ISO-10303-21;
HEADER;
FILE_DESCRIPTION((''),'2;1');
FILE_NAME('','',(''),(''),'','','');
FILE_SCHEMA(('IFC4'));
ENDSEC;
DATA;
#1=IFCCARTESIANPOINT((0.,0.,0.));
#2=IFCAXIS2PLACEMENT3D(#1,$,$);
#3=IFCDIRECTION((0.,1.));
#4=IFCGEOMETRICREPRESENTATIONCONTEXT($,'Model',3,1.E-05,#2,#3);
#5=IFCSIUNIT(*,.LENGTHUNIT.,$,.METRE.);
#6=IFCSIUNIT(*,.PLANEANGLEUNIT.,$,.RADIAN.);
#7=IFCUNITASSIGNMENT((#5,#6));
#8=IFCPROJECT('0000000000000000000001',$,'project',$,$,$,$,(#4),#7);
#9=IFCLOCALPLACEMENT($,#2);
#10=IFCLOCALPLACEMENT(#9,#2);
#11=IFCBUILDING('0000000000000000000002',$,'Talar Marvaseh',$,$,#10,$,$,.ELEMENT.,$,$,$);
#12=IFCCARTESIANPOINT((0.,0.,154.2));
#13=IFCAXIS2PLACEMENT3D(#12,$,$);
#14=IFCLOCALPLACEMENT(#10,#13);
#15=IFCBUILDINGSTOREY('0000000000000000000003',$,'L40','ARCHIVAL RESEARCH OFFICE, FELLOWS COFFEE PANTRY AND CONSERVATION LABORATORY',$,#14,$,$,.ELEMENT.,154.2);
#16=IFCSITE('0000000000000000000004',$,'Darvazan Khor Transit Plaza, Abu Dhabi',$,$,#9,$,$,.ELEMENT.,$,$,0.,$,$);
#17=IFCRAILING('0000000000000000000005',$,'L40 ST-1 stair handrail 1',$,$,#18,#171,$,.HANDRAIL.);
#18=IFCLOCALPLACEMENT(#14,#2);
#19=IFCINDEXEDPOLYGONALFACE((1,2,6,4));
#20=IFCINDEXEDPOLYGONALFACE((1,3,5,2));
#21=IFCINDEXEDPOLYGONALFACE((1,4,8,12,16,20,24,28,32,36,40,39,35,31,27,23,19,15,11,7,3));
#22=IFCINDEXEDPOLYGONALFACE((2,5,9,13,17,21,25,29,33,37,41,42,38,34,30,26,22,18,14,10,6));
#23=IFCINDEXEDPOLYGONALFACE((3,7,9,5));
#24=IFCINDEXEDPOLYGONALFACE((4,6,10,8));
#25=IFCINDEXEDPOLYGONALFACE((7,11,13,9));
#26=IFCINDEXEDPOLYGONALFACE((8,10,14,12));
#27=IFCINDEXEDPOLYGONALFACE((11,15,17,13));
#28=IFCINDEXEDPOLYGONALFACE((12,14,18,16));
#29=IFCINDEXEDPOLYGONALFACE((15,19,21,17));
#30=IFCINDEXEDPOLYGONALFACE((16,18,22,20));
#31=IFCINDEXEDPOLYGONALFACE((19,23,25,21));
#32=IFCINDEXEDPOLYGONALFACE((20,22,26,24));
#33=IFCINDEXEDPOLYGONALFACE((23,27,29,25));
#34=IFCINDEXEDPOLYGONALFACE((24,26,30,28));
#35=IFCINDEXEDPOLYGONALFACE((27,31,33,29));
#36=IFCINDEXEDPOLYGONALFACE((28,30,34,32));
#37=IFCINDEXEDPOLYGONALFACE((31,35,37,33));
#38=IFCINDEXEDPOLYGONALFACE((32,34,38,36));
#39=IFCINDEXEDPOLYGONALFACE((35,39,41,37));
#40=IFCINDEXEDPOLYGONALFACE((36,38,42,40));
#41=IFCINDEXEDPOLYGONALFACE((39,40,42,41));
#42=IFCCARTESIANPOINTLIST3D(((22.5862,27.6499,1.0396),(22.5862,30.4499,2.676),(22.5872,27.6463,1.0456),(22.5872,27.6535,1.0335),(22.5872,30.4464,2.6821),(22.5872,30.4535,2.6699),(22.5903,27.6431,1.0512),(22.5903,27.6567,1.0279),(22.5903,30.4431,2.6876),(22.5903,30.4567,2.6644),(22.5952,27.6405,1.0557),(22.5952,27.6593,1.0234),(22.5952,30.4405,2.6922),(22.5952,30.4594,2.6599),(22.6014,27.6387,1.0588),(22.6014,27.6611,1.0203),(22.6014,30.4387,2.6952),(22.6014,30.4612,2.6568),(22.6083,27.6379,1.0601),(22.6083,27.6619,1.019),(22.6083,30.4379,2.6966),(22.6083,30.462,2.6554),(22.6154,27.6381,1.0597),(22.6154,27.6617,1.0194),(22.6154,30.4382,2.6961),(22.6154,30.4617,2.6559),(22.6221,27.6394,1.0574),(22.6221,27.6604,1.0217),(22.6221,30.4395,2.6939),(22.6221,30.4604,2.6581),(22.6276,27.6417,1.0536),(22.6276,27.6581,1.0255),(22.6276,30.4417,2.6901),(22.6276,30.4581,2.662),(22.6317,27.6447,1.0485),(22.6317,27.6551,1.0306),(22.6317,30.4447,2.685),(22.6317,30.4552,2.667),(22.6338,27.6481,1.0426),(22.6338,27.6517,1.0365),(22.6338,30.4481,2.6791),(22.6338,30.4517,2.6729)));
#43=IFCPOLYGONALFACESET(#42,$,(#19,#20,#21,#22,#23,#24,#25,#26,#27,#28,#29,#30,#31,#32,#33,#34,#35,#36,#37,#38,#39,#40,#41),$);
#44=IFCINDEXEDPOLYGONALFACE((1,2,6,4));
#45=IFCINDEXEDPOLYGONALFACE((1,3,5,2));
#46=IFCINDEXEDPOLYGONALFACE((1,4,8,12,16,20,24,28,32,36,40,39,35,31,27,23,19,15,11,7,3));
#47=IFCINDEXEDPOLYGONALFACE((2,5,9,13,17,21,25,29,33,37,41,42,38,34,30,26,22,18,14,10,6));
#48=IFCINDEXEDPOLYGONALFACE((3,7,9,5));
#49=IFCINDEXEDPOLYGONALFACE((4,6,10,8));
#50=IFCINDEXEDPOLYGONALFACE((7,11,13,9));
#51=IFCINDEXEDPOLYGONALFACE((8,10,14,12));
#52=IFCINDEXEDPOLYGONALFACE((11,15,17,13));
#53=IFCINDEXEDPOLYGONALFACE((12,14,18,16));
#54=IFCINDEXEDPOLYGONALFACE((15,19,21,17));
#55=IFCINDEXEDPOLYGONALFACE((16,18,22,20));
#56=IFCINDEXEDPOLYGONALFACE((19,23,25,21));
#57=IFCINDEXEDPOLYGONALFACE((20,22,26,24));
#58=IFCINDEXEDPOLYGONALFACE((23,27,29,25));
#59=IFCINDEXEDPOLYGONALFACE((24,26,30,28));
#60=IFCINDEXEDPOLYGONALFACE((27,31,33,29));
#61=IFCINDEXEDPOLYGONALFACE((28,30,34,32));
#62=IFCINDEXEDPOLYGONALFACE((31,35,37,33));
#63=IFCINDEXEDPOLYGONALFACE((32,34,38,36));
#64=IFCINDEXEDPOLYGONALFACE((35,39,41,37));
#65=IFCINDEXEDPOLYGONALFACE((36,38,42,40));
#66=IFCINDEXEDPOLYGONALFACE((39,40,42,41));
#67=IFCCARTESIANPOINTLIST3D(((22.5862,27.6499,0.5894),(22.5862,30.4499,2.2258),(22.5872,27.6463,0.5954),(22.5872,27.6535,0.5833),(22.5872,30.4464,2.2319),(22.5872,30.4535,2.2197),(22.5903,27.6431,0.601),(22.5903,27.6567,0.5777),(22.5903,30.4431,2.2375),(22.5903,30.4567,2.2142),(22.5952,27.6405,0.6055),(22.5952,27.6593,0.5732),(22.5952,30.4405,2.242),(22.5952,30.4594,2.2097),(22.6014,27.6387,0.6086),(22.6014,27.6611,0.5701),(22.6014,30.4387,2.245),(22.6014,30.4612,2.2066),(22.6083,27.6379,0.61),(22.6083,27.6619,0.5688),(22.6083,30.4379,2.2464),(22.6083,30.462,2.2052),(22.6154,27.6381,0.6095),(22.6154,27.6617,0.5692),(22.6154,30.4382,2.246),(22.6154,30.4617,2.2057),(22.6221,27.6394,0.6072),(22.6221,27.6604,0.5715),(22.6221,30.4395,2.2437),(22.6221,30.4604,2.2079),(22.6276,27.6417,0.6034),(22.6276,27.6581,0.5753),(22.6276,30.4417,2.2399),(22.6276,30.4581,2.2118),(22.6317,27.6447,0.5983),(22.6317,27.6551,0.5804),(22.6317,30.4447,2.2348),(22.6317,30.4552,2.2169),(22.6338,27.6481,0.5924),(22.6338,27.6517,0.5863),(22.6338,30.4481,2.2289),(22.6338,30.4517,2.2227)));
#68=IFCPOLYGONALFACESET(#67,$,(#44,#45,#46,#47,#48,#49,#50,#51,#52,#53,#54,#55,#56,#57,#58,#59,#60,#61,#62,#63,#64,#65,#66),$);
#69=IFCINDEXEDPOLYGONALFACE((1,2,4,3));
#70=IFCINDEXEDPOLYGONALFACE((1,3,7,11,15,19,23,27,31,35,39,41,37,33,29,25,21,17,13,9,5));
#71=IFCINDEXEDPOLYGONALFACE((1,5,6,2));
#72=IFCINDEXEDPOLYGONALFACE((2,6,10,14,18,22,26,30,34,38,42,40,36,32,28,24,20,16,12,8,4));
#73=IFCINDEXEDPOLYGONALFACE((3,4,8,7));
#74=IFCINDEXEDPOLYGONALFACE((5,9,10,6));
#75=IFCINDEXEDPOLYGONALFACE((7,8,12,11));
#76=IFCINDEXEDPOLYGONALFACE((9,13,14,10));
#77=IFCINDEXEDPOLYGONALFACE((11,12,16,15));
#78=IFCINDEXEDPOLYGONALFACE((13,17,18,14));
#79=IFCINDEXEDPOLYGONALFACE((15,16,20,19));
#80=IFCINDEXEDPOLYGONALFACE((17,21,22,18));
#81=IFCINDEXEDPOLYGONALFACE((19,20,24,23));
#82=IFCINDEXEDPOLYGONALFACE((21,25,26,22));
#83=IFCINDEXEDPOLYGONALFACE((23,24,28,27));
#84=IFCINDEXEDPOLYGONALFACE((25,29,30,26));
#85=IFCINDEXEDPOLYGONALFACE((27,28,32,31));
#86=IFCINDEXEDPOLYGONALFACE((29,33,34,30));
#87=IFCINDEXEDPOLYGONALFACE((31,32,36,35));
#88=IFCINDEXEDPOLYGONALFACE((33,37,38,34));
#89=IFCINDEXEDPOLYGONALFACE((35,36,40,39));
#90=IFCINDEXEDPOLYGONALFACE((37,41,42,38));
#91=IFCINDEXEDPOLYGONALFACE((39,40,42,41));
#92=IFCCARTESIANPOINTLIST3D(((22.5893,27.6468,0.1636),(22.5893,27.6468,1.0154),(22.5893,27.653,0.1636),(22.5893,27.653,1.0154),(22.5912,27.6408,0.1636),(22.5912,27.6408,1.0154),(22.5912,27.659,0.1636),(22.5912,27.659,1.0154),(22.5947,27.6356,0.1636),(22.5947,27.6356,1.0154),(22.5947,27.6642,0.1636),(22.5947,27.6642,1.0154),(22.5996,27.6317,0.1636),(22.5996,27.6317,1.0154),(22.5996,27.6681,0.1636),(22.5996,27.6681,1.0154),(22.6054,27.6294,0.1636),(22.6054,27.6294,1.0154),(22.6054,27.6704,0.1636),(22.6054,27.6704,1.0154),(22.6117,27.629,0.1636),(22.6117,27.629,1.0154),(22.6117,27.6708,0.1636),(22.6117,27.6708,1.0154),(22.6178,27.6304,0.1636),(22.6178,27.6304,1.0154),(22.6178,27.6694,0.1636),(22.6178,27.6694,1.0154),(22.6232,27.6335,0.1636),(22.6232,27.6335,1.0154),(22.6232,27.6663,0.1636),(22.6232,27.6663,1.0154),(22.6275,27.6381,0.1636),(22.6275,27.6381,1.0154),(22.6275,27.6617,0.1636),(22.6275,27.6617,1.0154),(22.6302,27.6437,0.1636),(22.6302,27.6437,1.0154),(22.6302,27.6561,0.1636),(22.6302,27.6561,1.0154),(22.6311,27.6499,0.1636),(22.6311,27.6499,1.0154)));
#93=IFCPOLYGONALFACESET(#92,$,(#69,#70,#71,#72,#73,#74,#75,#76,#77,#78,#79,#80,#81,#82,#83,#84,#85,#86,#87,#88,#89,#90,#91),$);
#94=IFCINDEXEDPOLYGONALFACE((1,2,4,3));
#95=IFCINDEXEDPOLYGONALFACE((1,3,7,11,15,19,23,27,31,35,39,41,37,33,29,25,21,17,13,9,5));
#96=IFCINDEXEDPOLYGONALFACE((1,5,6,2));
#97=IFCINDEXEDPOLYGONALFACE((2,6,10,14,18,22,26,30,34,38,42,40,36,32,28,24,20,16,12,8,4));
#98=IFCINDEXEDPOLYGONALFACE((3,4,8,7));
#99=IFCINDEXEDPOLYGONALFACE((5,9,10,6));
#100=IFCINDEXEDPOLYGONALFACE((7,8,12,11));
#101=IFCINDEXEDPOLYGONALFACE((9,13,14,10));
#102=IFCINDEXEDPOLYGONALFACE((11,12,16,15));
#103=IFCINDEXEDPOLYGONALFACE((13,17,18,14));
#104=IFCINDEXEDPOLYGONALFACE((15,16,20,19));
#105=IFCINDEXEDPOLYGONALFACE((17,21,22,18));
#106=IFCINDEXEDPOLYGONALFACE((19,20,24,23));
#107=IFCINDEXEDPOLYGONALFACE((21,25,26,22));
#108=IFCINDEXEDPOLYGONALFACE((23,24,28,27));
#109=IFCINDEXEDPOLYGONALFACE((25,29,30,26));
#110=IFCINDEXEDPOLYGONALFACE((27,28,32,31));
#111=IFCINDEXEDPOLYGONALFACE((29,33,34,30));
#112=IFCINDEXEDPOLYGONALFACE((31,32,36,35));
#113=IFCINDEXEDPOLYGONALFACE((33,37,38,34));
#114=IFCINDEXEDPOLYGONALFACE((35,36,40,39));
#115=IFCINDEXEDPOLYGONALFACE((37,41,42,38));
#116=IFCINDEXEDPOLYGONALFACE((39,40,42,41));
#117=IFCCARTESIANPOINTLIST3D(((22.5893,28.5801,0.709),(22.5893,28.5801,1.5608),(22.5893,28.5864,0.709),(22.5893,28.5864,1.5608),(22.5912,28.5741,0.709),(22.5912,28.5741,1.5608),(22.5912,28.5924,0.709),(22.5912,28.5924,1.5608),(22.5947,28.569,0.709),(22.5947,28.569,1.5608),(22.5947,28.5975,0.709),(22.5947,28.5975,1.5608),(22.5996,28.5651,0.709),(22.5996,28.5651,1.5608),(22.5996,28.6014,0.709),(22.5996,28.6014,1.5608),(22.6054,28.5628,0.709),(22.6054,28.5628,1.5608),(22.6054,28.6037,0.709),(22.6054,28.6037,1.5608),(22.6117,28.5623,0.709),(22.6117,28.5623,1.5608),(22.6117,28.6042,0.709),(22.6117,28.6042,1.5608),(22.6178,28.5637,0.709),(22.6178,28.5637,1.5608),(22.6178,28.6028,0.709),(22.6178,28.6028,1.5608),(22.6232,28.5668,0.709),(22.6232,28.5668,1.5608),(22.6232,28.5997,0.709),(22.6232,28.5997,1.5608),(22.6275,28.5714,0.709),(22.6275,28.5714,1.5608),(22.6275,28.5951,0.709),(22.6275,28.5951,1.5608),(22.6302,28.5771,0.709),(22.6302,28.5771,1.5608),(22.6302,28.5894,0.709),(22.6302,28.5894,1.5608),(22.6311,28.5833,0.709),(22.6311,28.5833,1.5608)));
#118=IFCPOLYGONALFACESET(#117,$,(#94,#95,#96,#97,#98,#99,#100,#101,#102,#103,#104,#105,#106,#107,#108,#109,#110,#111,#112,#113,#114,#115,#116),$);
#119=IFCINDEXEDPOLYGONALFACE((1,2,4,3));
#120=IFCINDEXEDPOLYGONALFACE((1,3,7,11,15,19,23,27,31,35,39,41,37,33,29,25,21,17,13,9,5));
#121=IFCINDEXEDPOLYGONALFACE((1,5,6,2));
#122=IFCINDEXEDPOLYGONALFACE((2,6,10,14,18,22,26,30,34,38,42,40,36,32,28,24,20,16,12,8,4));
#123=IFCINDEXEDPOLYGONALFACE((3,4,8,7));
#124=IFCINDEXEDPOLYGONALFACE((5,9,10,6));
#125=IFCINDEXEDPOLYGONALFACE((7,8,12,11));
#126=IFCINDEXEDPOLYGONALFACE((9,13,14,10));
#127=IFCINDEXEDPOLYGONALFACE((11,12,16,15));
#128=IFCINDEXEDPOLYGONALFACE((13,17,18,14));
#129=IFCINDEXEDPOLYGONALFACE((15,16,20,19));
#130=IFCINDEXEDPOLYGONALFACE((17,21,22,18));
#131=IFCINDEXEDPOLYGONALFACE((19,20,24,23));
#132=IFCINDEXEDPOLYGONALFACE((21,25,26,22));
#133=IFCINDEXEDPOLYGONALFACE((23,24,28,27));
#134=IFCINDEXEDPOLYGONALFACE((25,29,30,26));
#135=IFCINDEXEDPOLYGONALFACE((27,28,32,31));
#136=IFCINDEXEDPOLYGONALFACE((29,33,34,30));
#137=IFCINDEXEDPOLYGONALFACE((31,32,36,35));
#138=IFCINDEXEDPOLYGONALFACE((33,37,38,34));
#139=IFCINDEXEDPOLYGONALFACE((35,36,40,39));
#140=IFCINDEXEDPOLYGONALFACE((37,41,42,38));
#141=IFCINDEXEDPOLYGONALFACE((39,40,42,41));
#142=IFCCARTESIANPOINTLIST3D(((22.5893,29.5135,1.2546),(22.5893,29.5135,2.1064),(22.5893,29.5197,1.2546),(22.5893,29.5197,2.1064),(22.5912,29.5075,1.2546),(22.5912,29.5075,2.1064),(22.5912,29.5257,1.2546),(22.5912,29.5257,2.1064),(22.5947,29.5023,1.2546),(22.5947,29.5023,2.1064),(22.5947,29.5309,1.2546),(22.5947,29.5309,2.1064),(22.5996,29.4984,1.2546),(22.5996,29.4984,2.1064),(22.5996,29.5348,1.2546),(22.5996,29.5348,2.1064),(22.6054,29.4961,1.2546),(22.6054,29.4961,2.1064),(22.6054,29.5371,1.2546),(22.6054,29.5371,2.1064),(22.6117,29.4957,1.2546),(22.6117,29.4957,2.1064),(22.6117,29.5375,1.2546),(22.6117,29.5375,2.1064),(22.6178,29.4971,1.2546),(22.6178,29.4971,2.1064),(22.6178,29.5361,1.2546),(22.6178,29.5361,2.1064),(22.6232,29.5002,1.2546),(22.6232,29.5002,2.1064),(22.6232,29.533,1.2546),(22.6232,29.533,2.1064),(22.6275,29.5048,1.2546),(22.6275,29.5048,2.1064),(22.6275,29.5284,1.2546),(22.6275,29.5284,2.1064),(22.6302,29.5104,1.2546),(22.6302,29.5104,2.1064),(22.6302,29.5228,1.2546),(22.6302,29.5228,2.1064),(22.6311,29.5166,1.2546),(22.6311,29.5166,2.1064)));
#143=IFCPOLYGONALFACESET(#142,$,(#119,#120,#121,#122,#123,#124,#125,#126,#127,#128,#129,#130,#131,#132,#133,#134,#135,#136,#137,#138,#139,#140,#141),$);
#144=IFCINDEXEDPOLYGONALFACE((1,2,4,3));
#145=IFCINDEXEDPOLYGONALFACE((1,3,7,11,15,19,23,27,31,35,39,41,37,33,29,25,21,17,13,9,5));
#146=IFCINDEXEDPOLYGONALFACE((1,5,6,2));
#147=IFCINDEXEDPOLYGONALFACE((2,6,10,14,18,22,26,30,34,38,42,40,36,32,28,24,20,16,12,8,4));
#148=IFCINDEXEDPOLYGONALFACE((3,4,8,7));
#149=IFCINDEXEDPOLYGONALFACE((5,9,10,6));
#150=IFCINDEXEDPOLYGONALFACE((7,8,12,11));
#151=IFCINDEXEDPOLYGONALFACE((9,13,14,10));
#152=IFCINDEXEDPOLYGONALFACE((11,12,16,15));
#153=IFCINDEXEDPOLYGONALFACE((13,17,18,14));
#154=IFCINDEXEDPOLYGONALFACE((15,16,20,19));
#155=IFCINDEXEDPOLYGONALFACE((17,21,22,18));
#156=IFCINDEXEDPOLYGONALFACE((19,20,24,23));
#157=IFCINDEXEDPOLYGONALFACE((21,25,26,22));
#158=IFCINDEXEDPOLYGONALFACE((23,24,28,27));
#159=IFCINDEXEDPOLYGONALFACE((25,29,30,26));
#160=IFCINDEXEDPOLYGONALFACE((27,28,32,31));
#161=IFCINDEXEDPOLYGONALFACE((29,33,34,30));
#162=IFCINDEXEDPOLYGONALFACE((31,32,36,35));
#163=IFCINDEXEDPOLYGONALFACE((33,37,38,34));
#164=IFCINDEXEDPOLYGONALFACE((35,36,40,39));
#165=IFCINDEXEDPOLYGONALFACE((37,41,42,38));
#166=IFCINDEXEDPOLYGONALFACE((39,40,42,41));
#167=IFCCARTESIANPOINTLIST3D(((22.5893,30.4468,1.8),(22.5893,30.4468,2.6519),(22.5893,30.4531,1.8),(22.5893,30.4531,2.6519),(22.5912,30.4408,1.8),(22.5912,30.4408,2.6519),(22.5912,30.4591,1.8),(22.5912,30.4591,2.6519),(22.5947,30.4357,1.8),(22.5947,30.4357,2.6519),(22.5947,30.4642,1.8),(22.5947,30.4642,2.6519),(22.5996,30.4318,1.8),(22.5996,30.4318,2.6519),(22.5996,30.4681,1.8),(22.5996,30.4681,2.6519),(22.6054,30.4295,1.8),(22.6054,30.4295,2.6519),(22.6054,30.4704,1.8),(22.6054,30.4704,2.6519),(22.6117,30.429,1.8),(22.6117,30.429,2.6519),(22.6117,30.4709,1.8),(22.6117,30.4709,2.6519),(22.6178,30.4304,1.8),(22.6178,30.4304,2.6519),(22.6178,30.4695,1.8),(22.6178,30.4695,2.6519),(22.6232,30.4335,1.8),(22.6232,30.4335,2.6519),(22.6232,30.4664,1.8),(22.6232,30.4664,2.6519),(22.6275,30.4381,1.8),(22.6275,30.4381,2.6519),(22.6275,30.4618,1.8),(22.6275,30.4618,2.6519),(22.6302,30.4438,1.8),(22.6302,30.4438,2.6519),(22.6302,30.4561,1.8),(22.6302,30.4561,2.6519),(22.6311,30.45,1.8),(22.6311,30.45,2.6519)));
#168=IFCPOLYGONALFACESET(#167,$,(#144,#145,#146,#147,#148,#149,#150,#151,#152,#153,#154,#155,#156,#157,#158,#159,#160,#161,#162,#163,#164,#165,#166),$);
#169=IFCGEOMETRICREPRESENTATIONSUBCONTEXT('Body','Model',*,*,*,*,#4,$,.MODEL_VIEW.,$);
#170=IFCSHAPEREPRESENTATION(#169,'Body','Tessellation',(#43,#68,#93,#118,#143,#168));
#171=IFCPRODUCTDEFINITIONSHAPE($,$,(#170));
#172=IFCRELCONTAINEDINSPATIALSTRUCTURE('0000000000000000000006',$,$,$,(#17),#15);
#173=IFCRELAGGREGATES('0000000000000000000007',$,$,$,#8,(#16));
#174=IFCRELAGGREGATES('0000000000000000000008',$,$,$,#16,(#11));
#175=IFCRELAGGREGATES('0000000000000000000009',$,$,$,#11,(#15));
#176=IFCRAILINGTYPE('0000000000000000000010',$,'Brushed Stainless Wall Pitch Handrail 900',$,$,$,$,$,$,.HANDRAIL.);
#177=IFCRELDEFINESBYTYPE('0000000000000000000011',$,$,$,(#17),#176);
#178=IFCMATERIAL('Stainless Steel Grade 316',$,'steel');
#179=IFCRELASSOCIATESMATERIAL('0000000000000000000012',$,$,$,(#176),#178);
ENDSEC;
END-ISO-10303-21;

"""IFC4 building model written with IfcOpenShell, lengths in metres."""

from ifc_helpers import new_model, si_unit, direction, frame, origin, origin_2d, place, context, subcontext, project, spatial, circle, extrude, material, type_object, element, save


model = new_model("IFC4")

# Units and contexts
model_context = context("Model", 3, precision=1e-05, world=origin(), true_north=direction((0.0, 1.0)))
body_context = subcontext(model_context, "Body", "Model", "MODEL_VIEW")
ifc_project = project(units=[si_unit("LENGTHUNIT", "METRE"), si_unit("PLANEANGLEUNIT", "RADIAN")], contexts=[model_context])

# Site, building, storey
site_placement = place(None, origin())
site = spatial("IfcSite", under=ifc_project, at=site_placement, Name="Darvazan Khor Transit Plaza, Abu Dhabi", CompositionType="ELEMENT", RefElevation=0.0)
building_placement = place(site_placement, origin())
building = spatial("IfcBuilding", under=site, at=building_placement, Name="Talar Marvaseh", CompositionType="ELEMENT")
storey_placement = place(building_placement, frame((0.0, 0.0, 154.2)))
storey = spatial("IfcBuildingStorey", under=building, at=storey_placement, Name="L40", Description="ARCHIVAL RESEARCH OFFICE, FELLOWS COFFEE PANTRY AND CONSERVATION LABORATORY", CompositionType="ELEMENT", Elevation=154.2)

# Railing
ifc_material_1 = material(Name="Stainless Steel Grade 316", Category="steel")
railing_type_1 = type_object("IfcRailingType", Name="Brushed Stainless Wall Pitch Handrail 900", PredefinedType="HANDRAIL", material=ifc_material_1)
railing_1_placement = place(storey_placement, frame((22.6101, 27.6499, 0.1636)))
element("IfcRailing", 1, at=railing_1_placement, inside=storey, type_object=railing_type_1, Name="L40 ST-1 stair handrail 1", PredefinedType="HANDRAIL", context=body_context, shape_type="SweptSolid", body=[
    extrude(circle(Radius=0.0239, at=origin_2d()), frame((0.0, 0.0, 0.876), z_axis=(0.0, 0.863361, 0.504587), x_axis=(-1.0, 0.0, 0.0)), (0.0, 0.0, 1.0), 3.2432),
    extrude(circle(Radius=0.0239, at=origin_2d()), frame((0.0, 0.0, 0.4258), z_axis=(0.0, 0.863361, 0.504587), x_axis=(-1.0, 0.0, 0.0)), (0.0, 0.0, 1.0), 3.2432),
    extrude(circle(Radius=0.021, at=origin_2d()), origin(), (0.0, 0.0, 1.0), 0.8518),
    extrude(circle(Radius=0.021, at=origin_2d()), frame((0.0, 0.9333, 0.5454)), (0.0, 0.0, 1.0), 0.8518),
    extrude(circle(Radius=0.021, at=origin_2d()), frame((0.0, 1.8667, 1.0911)), (0.0, 0.0, 1.0), 0.8518),
    extrude(circle(Radius=0.021, at=origin_2d()), frame((0.0, 2.8, 1.6365)), (0.0, 0.0, 1.0), 0.8518),
])

save(model, "model.ifc")
